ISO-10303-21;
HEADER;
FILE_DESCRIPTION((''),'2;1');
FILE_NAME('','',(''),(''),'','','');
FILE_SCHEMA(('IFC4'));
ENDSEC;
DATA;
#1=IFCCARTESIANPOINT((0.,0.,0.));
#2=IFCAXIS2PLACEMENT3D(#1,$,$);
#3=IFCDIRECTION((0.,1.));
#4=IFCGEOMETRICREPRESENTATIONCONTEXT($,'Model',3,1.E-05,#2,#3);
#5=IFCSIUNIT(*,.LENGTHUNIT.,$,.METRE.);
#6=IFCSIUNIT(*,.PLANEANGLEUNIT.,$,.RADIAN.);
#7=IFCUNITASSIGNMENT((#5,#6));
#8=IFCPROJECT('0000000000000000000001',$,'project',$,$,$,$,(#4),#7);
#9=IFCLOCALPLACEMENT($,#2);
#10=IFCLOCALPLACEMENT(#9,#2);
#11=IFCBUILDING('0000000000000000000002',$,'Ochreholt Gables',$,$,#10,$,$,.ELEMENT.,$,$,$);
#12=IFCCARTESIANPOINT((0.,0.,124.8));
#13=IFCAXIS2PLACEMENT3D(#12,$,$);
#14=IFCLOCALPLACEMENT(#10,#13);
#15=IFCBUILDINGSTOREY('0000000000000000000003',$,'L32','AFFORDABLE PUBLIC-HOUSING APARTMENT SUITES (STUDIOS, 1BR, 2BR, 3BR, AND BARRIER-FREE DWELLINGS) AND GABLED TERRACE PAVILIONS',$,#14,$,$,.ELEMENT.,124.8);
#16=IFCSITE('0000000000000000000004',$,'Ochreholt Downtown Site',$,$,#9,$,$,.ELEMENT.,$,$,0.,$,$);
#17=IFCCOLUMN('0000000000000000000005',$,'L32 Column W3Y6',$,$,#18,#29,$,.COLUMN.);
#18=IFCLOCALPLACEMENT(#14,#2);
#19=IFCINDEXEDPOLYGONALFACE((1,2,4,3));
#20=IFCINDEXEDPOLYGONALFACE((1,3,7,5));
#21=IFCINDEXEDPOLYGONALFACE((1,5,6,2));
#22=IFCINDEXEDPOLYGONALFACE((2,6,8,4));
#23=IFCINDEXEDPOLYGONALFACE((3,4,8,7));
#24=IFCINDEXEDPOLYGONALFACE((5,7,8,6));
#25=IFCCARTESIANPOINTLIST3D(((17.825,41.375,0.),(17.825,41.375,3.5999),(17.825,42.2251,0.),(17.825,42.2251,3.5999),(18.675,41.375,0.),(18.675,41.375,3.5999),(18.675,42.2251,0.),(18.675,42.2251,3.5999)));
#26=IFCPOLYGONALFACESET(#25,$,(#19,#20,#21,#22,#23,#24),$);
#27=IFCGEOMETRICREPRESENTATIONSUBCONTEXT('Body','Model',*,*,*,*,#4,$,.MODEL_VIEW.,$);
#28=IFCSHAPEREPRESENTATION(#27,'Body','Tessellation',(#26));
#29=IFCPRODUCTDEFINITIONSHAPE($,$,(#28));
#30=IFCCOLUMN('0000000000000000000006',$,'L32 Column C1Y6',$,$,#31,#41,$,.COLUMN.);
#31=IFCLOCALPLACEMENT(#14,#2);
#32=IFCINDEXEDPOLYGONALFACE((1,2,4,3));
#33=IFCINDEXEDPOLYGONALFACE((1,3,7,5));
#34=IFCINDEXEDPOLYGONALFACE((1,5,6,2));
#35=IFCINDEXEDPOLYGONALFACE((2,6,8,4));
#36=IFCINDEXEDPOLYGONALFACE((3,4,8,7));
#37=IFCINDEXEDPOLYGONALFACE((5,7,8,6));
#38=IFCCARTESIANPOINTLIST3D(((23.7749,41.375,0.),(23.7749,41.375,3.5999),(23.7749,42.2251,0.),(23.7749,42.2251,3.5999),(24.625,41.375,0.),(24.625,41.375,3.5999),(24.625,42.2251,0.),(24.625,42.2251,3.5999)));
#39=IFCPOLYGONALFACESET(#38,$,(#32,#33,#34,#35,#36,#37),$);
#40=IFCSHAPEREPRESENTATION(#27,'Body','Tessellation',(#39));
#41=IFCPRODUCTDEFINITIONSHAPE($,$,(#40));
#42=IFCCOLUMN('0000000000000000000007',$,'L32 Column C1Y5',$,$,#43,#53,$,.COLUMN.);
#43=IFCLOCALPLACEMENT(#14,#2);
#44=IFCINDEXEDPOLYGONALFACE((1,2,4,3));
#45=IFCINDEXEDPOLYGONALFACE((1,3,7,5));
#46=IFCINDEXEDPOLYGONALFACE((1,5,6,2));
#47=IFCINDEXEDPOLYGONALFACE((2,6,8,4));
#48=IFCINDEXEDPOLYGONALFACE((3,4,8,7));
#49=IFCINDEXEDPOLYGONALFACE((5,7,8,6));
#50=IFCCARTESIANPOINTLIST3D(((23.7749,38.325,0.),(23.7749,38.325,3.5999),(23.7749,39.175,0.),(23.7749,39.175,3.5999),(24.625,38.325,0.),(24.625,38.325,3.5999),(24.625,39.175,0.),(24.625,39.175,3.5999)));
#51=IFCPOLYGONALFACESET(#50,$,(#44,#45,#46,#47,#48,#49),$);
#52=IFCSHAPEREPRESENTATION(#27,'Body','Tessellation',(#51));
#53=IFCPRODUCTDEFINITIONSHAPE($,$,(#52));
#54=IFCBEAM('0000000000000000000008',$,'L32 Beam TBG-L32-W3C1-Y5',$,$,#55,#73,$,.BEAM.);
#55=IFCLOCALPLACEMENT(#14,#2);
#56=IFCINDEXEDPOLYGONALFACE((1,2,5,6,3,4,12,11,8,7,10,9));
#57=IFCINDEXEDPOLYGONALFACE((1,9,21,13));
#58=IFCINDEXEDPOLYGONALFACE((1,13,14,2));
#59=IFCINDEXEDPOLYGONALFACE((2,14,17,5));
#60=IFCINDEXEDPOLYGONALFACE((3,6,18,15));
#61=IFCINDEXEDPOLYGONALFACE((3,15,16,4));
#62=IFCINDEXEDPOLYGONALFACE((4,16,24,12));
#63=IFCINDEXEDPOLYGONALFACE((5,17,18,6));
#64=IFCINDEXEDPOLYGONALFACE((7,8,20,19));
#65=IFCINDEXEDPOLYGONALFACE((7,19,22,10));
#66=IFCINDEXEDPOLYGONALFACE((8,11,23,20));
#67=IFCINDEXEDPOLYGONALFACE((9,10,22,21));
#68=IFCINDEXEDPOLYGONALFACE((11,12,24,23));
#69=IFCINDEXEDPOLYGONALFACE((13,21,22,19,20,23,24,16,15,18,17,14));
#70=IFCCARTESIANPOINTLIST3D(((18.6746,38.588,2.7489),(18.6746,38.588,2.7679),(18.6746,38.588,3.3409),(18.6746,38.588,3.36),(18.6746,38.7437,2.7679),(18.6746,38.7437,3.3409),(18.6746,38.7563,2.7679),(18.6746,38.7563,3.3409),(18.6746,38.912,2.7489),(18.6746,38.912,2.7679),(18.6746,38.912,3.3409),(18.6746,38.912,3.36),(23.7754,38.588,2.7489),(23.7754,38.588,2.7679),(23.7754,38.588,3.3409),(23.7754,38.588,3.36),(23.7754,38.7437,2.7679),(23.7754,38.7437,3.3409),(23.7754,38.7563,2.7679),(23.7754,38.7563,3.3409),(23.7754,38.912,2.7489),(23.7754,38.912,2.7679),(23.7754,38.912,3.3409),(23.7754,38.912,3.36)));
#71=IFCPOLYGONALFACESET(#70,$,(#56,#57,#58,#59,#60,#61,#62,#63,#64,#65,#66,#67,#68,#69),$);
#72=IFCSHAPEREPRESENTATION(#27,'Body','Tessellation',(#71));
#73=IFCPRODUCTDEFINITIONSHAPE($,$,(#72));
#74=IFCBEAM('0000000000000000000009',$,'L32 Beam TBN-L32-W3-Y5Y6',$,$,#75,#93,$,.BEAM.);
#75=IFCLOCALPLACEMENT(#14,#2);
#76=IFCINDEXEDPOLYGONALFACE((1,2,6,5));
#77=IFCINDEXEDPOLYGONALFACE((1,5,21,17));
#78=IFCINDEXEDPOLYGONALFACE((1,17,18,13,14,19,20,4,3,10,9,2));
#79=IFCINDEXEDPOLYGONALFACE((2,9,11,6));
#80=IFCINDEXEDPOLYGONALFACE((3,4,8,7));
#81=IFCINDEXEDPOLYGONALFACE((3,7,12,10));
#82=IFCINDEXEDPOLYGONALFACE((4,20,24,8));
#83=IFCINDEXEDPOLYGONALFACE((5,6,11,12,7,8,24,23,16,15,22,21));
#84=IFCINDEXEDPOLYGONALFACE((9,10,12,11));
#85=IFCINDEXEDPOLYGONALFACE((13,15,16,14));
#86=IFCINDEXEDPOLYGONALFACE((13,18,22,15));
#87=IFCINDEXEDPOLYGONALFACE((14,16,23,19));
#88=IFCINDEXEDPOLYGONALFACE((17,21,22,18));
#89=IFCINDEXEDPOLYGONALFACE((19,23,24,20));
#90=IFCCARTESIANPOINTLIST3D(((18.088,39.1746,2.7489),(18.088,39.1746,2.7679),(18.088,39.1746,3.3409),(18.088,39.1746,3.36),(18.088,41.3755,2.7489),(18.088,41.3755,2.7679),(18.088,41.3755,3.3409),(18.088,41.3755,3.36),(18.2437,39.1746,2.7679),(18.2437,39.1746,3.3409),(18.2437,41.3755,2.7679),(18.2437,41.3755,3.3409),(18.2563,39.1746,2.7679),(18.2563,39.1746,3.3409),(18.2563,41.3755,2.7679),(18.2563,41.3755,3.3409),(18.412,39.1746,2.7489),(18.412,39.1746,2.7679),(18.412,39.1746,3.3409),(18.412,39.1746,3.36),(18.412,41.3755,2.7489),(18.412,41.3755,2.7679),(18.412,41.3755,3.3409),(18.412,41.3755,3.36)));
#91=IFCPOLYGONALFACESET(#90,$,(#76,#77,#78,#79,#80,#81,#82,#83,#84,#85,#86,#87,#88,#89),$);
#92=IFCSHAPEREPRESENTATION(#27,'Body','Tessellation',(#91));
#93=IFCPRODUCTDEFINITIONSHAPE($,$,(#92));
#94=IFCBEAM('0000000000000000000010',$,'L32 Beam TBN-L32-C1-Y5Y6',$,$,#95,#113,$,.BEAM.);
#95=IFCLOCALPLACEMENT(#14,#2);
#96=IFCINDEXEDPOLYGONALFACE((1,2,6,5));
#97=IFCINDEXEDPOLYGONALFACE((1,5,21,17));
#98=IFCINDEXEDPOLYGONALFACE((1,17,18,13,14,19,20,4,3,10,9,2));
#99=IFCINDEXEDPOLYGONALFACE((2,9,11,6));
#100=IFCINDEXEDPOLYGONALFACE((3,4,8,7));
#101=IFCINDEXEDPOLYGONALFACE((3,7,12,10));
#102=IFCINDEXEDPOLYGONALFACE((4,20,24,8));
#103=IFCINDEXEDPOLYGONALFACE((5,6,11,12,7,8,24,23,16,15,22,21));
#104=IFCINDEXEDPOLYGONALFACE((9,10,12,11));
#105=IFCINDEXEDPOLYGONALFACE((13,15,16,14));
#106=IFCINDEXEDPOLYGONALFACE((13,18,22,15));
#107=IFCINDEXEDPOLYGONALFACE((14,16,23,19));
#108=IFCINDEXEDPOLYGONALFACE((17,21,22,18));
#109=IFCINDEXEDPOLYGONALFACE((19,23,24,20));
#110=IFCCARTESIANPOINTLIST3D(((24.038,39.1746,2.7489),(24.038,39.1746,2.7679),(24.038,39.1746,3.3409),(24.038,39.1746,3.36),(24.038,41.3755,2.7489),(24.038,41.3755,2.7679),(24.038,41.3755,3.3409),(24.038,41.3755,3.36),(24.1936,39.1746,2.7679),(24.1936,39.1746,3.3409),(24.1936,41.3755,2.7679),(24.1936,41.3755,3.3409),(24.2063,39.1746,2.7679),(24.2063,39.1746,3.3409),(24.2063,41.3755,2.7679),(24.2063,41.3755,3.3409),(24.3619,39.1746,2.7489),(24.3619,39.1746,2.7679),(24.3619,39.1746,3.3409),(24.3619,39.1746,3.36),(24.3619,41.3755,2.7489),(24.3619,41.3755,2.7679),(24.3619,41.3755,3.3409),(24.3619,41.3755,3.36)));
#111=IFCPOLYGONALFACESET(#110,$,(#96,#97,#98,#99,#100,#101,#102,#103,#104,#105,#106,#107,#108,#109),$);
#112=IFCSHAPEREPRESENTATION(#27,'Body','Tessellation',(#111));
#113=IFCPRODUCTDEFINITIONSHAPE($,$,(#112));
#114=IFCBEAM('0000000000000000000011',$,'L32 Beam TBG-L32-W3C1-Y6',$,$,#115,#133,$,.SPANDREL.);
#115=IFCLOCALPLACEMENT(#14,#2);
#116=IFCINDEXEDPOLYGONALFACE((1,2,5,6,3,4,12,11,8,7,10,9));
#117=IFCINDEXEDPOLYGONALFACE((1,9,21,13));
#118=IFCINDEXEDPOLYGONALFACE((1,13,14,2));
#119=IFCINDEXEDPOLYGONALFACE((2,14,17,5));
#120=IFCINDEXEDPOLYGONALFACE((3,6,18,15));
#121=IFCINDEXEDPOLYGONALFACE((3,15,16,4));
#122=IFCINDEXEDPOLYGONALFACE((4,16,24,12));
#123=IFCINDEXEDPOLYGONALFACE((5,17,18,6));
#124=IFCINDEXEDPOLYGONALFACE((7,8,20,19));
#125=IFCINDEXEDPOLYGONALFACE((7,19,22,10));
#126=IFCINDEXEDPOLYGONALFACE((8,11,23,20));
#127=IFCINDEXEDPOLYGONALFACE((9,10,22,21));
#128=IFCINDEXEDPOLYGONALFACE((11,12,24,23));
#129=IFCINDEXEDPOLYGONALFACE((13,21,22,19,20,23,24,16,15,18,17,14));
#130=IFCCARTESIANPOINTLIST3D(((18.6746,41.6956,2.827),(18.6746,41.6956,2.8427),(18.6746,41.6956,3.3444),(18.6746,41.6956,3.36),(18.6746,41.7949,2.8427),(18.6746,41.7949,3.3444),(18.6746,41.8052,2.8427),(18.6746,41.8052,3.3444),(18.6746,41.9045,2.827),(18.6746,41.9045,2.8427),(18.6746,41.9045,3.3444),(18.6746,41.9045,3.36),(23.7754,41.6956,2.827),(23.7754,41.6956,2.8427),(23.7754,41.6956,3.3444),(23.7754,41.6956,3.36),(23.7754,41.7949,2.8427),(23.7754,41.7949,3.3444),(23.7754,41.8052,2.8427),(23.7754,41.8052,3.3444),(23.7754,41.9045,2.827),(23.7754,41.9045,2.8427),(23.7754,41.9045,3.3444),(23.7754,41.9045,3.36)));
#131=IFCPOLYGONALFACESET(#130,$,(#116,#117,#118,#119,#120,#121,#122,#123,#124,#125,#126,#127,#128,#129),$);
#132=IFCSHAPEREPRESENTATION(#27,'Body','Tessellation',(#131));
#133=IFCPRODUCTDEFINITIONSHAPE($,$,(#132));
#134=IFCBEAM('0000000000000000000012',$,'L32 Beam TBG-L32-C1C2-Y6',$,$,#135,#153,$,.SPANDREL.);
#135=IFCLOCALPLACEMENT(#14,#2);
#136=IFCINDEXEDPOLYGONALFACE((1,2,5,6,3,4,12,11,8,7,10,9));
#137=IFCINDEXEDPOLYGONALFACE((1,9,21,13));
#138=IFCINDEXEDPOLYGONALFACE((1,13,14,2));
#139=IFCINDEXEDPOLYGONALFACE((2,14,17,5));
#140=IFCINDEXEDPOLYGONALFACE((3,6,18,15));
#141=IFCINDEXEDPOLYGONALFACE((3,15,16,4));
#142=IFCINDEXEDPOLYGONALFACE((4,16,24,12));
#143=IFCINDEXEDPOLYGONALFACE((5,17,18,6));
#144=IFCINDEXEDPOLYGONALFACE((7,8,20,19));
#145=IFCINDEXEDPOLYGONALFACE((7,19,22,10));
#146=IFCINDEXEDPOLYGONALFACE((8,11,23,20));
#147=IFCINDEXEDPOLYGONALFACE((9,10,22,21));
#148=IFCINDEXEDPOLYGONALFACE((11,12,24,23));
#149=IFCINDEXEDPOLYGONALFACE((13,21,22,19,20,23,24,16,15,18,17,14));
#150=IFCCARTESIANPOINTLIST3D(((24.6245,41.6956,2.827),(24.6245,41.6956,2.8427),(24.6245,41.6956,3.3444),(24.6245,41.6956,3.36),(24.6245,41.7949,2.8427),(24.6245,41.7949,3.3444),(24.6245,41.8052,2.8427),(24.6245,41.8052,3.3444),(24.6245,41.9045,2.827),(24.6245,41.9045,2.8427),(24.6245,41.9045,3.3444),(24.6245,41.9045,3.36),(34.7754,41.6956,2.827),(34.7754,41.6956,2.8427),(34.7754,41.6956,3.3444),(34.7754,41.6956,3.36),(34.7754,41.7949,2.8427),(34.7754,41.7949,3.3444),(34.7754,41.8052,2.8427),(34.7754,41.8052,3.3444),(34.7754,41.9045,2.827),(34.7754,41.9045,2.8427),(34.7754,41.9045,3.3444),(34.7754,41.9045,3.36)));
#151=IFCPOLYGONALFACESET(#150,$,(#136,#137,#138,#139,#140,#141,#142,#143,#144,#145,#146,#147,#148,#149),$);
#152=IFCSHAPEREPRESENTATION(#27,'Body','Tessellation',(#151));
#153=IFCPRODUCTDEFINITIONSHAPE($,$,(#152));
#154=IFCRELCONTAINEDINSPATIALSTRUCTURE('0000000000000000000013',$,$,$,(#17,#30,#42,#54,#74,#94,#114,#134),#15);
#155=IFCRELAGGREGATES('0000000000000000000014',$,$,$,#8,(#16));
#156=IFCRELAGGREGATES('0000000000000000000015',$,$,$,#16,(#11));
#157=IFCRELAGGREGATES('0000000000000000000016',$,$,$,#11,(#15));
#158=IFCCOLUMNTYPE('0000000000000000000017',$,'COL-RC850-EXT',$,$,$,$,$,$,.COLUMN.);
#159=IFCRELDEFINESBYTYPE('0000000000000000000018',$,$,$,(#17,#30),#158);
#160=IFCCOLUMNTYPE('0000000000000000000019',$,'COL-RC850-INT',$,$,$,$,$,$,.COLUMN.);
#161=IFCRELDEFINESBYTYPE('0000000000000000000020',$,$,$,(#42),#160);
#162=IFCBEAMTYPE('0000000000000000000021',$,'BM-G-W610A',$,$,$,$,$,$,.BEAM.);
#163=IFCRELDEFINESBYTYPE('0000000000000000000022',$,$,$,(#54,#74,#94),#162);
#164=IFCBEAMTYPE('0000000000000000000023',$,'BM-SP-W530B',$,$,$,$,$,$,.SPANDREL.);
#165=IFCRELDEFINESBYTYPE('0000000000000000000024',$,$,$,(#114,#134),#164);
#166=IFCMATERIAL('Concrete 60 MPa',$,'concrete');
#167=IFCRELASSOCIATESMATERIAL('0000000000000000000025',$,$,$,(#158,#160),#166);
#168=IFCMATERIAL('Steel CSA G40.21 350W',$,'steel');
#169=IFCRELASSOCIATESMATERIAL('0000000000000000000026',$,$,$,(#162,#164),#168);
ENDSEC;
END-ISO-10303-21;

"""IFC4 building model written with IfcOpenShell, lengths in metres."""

from ifc_helpers import new_model, si_unit, direction, frame, origin, origin_2d, place, context, subcontext, project, spatial, rectangle, i_section, extrude, material, material_profile, profile_set, type_object, element, save


model = new_model("IFC4")

# Units and contexts
model_context = context("Model", 3, precision=1e-05, world=origin(), true_north=direction((0.0, 1.0)))
body_context = subcontext(model_context, "Body", "Model", "MODEL_VIEW")
ifc_project = project(units=[si_unit("LENGTHUNIT", "METRE"), si_unit("PLANEANGLEUNIT", "RADIAN")], contexts=[model_context])

# Site, building, storey
site_placement = place(None, origin())
site = spatial("IfcSite", under=ifc_project, at=site_placement, Name="Ochreholt Downtown Site", CompositionType="ELEMENT", RefElevation=0.0)
building_placement = place(site_placement, origin())
building = spatial("IfcBuilding", under=site, at=building_placement, Name="Ochreholt Gables", CompositionType="ELEMENT")
storey_placement = place(building_placement, frame((0.0, 0.0, 124.8)))
storey = spatial("IfcBuildingStorey", under=building, at=storey_placement, Name="L32", Description="AFFORDABLE PUBLIC-HOUSING APARTMENT SUITES (STUDIOS, 1BR, 2BR, 3BR, AND BARRIER-FREE DWELLINGS) AND GABLED TERRACE PAVILIONS", CompositionType="ELEMENT", Elevation=124.8)

# Columns
ifc_material_1 = material(Name="Concrete 60 MPa", Category="concrete")
ifc_material_profile_1 = material_profile(ifc_material_1, rectangle(XDim=0.8501, YDim=0.8501, at=origin_2d()), Name="RC850X850")
ifc_profile_set_1 = profile_set([ifc_material_profile_1], Name="Concrete 60 MPa")
column_type_1 = type_object("IfcColumnType", Name="COL-RC850-EXT", PredefinedType="COLUMN", material=ifc_profile_set_1)
for number, where, z_axis, x_axis, name in (
    (1, (18.25, 41.8, 0.0), (0.0, 0.0, 1.0), (1.0, 0.0, 0.0), "L32 Column W3Y6"),
    (2, (24.2, 41.8, 0.0), (0.0, 0.0, 1.0), (1.0, 0.0, 0.0), "L32 Column C1Y6"),
):
    element("IfcColumn", number, at=place(storey_placement, frame(where, z_axis=z_axis, x_axis=x_axis)), inside=storey, type_object=column_type_1, Name=name, PredefinedType="COLUMN", context=body_context, shape_type="SweptSolid", body=[
        extrude(rectangle(XDim=0.8501, YDim=0.8501, at=origin_2d()), origin(), (0.0, 0.0, 1.0), 3.5999),
    ])
ifc_material_profile_2 = material_profile(ifc_material_1, rectangle(XDim=0.8501, YDim=0.8501, at=origin_2d()), Name="RC850X850")
ifc_profile_set_2 = profile_set([ifc_material_profile_2], Name="Concrete 60 MPa")
column_type_2 = type_object("IfcColumnType", Name="COL-RC850-INT", PredefinedType="COLUMN", material=ifc_profile_set_2)
column_placement = place(storey_placement, frame((24.2, 38.75, 0.0), z_axis=(0.0, 0.0, 1.0), x_axis=(1.0, 0.0, 0.0)))
element("IfcColumn", 3, at=column_placement, inside=storey, type_object=column_type_2, Name="L32 Column C1Y5", PredefinedType="COLUMN", context=body_context, shape_type="SweptSolid", body=[
    extrude(rectangle(XDim=0.8501, YDim=0.8501, at=origin_2d()), origin(), (0.0, 0.0, 1.0), 3.5999),
])

# Beams
ifc_material_2 = material(Name="Steel CSA G40.21 350W", Category="steel")
ifc_material_profile_3 = material_profile(ifc_material_2, i_section(OverallWidth=0.324, OverallDepth=0.6111, WebThickness=0.0127, FlangeThickness=0.019, at=origin_2d()), Name="W610X155")
ifc_profile_set_3 = profile_set([ifc_material_profile_3], Name="Steel CSA G40.21 350W")
beam_type_1 = type_object("IfcBeamType", Name="BM-G-W610A", PredefinedType="BEAM", material=ifc_profile_set_3)
beam_1_placement = place(storey_placement, frame((18.6746, 38.75, 3.0544), z_axis=(1.0, 0.0, 0.0), x_axis=(0.0, 1.0, 0.0)))
element("IfcBeam", 4, at=beam_1_placement, inside=storey, type_object=beam_type_1, Name="L32 Beam TBG-L32-W3C1-Y5", PredefinedType="BEAM", context=body_context, shape_type="SweptSolid", body=[
    extrude(i_section(OverallWidth=0.324, OverallDepth=0.6111, WebThickness=0.0127, FlangeThickness=0.019, at=origin_2d()), origin(), (0.0, 0.0, 1.0), 5.1008),
])
for number, where, z_axis, x_axis, name in (
    (5, (18.25, 39.1746, 3.0544), (0.0, 1.0, 0.0), (-1.0, 0.0, 0.0), "L32 Beam TBN-L32-W3-Y5Y6"),
    (6, (24.2, 39.1746, 3.0544), (0.0, 1.0, 0.0), (-1.0, 0.0, 0.0), "L32 Beam TBN-L32-C1-Y5Y6"),
):
    element("IfcBeam", number, at=place(storey_placement, frame(where, z_axis=z_axis, x_axis=x_axis)), inside=storey, type_object=beam_type_1, Name=name, PredefinedType="BEAM", context=body_context, shape_type="SweptSolid", body=[
        extrude(i_section(OverallWidth=0.324, OverallDepth=0.6111, WebThickness=0.0127, FlangeThickness=0.019, at=origin_2d()), origin(), (0.0, 0.0, 1.0), 2.2009),
    ])
ifc_material_profile_4 = material_profile(ifc_material_2, i_section(OverallWidth=0.209, OverallDepth=0.533, WebThickness=0.0103, FlangeThickness=0.0156, at=origin_2d()), Name="W530X92")
ifc_profile_set_4 = profile_set([ifc_material_profile_4], Name="Steel CSA G40.21 350W")
beam_type_2 = type_object("IfcBeamType", Name="BM-SP-W530B", PredefinedType="SPANDREL", material=ifc_profile_set_4)
beam_2_placement = place(storey_placement, frame((18.6746, 41.8, 3.0935), z_axis=(1.0, 0.0, 0.0), x_axis=(0.0, 1.0, 0.0)))
element("IfcBeam", 7, at=beam_2_placement, inside=storey, type_object=beam_type_2, Name="L32 Beam TBG-L32-W3C1-Y6", PredefinedType="SPANDREL", context=body_context, shape_type="SweptSolid", body=[
    extrude(i_section(OverallWidth=0.209, OverallDepth=0.533, WebThickness=0.0103, FlangeThickness=0.0156, at=origin_2d()), origin(), (0.0, 0.0, 1.0), 5.1008),
])
beam_3_placement = place(storey_placement, frame((24.6245, 41.8, 3.0935), z_axis=(1.0, 0.0, 0.0), x_axis=(0.0, 1.0, 0.0)))
element("IfcBeam", 8, at=beam_3_placement, inside=storey, type_object=beam_type_2, Name="L32 Beam TBG-L32-C1C2-Y6", PredefinedType="SPANDREL", context=body_context, shape_type="SweptSolid", body=[
    extrude(i_section(OverallWidth=0.209, OverallDepth=0.533, WebThickness=0.0103, FlangeThickness=0.0156, at=origin_2d()), origin(), (0.0, 0.0, 1.0), 10.1509),
])

save(model, "model.ifc")
